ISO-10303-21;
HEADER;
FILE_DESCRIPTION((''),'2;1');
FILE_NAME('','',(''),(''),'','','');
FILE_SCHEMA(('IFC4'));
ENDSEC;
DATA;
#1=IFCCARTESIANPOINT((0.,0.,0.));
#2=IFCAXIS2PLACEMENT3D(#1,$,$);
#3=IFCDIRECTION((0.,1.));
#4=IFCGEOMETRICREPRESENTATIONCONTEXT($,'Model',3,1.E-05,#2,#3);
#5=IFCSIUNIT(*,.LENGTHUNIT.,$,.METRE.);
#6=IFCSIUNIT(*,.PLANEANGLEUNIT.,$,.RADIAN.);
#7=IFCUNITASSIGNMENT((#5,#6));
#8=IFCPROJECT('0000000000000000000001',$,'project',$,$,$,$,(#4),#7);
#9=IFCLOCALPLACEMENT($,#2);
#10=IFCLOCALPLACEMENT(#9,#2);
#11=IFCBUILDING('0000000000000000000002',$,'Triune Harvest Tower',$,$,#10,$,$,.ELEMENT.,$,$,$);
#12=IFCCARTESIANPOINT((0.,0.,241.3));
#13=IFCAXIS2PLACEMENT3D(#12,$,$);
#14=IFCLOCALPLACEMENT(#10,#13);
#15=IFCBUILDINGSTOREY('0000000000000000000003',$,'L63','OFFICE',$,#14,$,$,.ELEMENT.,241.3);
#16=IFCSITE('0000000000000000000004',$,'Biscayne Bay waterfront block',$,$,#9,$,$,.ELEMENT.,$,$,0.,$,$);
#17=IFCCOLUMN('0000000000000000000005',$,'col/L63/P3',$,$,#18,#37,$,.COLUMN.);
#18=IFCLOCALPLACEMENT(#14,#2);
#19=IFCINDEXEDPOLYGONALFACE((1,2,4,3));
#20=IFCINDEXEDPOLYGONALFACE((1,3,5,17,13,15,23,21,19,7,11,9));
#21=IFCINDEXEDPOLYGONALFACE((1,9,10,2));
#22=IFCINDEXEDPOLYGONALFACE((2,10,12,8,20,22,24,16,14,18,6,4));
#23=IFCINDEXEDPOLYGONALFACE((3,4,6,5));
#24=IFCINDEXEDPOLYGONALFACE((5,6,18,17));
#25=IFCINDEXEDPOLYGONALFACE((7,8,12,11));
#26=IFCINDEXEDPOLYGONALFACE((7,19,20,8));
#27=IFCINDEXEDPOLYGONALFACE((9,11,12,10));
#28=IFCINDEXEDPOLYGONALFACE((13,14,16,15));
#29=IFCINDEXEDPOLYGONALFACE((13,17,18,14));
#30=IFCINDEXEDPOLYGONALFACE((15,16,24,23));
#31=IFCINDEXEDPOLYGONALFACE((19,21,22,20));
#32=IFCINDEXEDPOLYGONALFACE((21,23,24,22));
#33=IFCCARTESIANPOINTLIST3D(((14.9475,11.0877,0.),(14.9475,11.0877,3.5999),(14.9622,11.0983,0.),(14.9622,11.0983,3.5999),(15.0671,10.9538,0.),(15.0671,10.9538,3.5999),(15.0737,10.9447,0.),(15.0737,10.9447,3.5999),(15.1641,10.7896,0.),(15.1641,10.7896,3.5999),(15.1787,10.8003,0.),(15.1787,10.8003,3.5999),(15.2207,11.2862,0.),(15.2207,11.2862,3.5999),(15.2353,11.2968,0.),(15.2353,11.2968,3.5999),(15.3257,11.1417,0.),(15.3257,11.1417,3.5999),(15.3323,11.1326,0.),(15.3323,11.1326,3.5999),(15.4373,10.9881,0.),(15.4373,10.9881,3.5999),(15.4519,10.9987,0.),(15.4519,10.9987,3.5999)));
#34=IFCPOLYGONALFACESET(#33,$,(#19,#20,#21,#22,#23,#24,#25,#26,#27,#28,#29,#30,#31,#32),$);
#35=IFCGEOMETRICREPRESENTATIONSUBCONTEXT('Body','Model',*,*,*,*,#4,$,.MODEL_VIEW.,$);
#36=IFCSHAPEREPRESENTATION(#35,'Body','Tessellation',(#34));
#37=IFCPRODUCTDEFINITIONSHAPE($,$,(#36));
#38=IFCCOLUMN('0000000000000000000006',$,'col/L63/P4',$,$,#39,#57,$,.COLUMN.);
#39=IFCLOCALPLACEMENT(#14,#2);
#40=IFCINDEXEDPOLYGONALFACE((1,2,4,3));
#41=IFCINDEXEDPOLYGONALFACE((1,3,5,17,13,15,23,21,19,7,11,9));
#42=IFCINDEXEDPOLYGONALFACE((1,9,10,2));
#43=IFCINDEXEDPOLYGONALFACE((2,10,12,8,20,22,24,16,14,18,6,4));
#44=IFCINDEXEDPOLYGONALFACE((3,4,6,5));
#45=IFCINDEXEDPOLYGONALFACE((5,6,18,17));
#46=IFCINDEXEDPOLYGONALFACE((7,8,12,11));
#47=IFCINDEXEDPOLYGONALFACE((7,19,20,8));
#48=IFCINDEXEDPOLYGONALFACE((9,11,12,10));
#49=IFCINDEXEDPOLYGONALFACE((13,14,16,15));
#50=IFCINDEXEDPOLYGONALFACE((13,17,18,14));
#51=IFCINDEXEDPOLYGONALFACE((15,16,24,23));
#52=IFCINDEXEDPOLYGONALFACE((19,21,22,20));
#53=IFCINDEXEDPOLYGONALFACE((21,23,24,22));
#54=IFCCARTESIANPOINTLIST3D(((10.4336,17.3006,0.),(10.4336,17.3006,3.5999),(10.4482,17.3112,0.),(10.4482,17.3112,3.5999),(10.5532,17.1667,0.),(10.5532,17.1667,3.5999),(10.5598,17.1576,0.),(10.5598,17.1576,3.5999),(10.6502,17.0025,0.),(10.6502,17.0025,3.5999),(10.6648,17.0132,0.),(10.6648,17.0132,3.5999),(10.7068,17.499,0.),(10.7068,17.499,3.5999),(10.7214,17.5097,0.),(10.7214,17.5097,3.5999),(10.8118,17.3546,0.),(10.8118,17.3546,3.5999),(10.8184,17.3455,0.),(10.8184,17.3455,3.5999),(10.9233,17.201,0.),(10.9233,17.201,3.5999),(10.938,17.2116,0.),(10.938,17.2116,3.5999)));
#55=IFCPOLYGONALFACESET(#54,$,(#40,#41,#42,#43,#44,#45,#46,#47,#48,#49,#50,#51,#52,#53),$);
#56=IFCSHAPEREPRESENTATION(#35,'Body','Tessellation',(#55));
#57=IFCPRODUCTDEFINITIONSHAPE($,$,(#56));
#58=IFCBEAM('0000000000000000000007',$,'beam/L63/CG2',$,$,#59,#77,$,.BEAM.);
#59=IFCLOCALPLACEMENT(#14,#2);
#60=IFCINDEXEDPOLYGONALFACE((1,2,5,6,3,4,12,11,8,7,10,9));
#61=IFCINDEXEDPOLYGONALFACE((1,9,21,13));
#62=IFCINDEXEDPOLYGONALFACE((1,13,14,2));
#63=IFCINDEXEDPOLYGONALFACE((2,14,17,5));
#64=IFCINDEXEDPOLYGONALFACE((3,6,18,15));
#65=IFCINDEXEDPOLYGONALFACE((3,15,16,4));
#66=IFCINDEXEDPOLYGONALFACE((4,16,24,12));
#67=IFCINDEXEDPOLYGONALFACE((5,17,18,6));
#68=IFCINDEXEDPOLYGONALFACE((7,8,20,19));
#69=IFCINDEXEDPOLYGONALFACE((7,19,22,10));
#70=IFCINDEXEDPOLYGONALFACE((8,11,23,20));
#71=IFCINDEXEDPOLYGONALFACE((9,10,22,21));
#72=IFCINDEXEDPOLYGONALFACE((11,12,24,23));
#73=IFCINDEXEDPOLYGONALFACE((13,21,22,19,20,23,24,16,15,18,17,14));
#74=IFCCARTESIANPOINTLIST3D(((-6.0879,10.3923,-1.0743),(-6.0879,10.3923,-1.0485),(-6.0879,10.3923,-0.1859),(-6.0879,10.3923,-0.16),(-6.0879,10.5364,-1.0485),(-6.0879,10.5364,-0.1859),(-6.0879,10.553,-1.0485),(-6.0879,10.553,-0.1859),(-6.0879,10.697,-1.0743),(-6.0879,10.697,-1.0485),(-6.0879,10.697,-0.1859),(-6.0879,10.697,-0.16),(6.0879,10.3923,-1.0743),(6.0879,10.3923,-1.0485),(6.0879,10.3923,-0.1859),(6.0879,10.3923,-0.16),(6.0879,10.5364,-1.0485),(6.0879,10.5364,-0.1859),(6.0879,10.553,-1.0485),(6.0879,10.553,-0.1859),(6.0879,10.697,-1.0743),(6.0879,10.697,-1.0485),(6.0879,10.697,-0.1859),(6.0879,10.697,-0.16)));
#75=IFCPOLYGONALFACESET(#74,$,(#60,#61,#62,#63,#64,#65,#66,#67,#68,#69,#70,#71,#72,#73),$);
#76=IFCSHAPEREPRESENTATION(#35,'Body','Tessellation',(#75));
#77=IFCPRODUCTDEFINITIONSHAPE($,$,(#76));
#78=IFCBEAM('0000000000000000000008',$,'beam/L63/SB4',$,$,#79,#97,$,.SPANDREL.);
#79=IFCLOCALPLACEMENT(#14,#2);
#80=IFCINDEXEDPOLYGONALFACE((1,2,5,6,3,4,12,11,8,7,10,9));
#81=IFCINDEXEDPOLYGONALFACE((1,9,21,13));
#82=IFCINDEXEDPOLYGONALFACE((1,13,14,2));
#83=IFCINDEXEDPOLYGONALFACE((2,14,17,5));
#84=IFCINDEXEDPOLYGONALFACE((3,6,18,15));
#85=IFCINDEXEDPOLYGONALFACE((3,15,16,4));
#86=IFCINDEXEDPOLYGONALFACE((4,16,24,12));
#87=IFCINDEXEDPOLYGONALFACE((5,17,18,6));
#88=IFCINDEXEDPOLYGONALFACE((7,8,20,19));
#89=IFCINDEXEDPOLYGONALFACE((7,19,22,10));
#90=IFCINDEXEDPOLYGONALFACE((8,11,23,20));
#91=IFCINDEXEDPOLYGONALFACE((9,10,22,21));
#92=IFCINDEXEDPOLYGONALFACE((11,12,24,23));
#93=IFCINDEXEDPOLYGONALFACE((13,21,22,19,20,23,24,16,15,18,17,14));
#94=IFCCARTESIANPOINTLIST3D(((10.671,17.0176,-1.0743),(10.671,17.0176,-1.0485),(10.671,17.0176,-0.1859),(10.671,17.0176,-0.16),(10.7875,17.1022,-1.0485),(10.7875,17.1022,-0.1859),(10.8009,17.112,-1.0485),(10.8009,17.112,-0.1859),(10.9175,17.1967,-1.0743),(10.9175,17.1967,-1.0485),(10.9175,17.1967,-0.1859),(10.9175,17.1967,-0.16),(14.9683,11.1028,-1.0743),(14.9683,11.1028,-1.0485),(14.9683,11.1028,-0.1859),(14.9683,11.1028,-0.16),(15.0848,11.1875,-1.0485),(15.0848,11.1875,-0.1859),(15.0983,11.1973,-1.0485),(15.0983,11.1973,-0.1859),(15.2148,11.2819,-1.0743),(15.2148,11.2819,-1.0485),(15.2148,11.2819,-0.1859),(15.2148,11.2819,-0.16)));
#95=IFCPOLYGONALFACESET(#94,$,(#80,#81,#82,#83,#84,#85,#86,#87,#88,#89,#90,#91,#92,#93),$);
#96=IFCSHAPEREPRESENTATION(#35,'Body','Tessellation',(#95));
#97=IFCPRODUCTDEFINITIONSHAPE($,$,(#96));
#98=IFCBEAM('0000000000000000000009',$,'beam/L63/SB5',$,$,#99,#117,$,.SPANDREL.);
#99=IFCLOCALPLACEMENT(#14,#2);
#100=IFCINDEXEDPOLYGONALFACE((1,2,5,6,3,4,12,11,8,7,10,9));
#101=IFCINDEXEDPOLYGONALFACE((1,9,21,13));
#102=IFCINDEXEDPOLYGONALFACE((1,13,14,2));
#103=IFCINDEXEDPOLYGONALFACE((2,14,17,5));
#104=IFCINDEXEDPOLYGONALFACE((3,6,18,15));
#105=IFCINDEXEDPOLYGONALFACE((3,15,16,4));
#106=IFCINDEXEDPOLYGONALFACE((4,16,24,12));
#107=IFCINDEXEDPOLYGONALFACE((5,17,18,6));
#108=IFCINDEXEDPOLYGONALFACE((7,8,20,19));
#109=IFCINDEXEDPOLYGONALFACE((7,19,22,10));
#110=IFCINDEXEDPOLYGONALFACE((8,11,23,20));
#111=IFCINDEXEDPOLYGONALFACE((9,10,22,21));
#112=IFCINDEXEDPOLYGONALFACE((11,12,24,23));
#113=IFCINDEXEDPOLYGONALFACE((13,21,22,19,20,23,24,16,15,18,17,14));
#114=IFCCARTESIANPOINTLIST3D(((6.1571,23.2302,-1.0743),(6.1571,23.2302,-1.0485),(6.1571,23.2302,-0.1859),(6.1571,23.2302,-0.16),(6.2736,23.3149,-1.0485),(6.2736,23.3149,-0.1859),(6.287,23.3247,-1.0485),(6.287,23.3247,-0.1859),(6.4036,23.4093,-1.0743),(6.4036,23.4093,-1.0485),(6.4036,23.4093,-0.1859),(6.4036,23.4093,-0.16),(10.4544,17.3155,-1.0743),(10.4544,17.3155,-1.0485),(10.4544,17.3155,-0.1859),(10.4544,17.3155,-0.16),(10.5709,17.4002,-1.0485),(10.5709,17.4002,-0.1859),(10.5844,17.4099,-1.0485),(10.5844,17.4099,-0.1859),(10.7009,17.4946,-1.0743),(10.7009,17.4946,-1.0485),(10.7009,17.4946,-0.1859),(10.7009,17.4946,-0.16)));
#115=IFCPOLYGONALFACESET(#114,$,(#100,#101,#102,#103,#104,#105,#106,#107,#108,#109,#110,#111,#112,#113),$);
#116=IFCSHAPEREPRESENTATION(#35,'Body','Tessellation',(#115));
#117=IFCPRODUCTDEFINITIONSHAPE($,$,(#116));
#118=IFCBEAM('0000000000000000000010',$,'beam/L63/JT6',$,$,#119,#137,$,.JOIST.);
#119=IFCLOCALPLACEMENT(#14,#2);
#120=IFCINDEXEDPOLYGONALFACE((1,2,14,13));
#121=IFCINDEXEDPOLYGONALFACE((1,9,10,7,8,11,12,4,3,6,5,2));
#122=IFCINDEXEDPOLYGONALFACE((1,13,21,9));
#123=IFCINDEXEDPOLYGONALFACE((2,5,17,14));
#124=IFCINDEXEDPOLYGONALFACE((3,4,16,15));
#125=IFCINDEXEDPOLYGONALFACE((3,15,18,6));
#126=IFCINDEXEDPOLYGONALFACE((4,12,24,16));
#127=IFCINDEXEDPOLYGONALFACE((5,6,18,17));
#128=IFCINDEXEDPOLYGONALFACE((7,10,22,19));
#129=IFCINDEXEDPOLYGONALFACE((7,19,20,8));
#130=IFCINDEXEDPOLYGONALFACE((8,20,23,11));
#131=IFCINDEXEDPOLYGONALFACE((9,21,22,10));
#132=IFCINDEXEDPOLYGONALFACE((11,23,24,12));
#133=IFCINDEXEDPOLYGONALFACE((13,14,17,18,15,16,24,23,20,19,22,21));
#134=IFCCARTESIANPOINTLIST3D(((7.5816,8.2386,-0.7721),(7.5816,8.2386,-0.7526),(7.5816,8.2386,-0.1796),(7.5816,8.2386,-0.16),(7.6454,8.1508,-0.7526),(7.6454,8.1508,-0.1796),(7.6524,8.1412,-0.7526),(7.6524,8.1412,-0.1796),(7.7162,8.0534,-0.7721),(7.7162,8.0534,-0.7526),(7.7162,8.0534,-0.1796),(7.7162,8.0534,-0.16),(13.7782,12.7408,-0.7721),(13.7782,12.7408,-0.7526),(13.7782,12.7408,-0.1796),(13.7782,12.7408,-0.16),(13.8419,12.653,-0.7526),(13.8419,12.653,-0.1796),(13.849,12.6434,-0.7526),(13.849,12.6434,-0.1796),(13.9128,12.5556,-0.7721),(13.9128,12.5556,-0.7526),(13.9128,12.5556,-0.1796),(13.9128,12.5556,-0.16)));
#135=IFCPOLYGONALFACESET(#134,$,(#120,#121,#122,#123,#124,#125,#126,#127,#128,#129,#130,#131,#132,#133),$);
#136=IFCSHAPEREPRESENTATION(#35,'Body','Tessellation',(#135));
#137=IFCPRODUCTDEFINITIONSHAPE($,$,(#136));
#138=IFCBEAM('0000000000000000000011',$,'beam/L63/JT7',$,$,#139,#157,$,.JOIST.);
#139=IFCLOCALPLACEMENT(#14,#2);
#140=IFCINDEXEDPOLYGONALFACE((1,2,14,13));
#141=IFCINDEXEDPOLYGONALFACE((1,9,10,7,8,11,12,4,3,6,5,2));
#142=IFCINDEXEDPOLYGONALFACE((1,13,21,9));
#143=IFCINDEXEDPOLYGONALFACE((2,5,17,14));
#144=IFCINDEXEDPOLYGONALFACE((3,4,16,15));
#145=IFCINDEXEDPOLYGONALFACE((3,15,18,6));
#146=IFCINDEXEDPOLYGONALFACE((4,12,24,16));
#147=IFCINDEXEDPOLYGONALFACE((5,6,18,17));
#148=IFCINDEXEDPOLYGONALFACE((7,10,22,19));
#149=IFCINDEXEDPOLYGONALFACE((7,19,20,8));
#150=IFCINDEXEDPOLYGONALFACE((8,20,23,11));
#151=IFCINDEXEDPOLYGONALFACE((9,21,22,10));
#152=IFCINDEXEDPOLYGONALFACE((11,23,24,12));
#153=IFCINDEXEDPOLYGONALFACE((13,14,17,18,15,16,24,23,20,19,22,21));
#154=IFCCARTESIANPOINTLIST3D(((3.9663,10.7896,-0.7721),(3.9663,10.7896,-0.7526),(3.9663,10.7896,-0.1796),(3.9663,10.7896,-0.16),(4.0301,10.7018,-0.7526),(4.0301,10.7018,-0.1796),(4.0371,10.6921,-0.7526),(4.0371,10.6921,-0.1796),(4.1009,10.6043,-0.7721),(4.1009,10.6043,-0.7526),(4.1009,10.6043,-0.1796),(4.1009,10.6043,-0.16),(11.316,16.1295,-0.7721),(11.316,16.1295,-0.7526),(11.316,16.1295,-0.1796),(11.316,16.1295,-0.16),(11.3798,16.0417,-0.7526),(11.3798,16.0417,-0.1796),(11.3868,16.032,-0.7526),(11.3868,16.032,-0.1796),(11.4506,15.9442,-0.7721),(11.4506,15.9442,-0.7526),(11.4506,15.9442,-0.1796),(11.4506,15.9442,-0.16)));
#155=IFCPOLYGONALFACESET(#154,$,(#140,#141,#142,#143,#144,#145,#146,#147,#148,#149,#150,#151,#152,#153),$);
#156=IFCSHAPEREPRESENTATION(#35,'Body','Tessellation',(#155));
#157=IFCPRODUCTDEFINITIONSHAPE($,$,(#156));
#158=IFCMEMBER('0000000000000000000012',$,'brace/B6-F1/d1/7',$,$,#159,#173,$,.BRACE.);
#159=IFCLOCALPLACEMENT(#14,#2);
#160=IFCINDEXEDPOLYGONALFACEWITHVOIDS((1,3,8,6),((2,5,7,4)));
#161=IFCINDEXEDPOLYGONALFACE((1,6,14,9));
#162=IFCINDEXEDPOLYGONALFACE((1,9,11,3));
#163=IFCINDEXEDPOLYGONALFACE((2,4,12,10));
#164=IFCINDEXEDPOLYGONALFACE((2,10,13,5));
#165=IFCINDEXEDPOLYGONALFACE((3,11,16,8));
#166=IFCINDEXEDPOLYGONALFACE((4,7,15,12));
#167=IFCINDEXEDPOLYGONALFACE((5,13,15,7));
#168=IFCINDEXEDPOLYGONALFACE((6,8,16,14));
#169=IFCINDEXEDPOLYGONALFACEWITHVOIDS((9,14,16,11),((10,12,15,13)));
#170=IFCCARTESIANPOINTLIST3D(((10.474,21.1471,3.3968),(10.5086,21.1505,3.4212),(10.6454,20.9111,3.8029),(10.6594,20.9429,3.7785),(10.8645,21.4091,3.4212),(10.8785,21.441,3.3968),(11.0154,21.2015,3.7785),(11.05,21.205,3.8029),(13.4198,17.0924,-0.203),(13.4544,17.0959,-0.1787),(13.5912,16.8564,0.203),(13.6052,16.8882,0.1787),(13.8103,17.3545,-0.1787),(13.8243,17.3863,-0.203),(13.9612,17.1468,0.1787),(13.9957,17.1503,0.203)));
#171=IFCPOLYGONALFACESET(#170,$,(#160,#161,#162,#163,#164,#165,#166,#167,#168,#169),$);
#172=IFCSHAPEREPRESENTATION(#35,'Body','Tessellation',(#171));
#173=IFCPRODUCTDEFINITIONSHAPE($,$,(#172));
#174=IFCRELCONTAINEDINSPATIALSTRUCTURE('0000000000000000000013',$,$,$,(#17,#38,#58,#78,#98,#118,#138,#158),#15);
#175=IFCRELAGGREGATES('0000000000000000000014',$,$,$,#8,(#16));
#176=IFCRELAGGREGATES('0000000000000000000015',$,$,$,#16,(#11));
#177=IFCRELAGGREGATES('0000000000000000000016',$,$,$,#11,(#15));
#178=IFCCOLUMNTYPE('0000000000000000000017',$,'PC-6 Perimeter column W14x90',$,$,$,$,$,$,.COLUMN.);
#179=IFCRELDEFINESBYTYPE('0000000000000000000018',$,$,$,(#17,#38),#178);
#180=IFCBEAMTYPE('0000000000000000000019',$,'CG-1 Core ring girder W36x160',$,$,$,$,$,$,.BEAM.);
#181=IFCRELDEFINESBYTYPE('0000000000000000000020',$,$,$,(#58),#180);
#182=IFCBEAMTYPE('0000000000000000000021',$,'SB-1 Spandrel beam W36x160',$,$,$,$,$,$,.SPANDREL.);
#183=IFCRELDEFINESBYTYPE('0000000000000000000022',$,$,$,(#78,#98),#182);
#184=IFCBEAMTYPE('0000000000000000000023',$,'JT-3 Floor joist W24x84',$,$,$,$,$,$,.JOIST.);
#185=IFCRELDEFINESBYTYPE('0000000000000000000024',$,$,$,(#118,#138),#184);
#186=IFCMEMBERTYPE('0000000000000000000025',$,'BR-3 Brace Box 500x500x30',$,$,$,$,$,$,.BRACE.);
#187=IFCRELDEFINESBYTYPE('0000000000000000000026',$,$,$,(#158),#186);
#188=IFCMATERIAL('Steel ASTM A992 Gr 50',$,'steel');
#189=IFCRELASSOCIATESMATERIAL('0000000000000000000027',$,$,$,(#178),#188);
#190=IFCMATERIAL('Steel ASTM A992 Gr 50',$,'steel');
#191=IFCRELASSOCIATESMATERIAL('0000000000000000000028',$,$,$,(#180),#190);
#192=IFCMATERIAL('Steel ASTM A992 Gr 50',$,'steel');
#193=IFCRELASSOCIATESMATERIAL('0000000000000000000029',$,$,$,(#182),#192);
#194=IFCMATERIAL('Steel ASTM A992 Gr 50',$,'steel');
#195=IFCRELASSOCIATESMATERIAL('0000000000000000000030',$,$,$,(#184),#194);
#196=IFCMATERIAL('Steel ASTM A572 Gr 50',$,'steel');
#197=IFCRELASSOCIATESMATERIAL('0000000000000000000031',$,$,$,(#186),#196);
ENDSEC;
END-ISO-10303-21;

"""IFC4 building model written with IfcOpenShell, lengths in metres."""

from ifc_helpers import new_model, si_unit, direction, frame, origin, origin_2d, place, context, subcontext, project, spatial, hollow_rectangle, i_section, extrude, source, transform, mapped, material, material_profile, profile_set, type_object, element, save


model = new_model("IFC4")

# Units and contexts
model_context = context("Model", 3, precision=1e-05, world=origin(), true_north=direction((0.0, 1.0)))
body_context = subcontext(model_context, "Body", "Model", "MODEL_VIEW")
ifc_project = project(units=[si_unit("LENGTHUNIT", "METRE"), si_unit("PLANEANGLEUNIT", "RADIAN")], contexts=[model_context])

# Site, building, storey
site_placement = place(None, origin())
site = spatial("IfcSite", under=ifc_project, at=site_placement, Name="Biscayne Bay waterfront block", CompositionType="ELEMENT", RefElevation=0.0)
building_placement = place(site_placement, origin())
building = spatial("IfcBuilding", under=site, at=building_placement, Name="Triune Harvest Tower", CompositionType="ELEMENT")
storey_placement = place(building_placement, frame((0.0, 0.0, 241.3)))
storey = spatial("IfcBuildingStorey", under=building, at=storey_placement, Name="L63", Description="OFFICE", CompositionType="ELEMENT", Elevation=241.3)

# Columns
ifc_material_1 = material(Name="Steel ASTM A992 Gr 50", Category="steel")
ifc_material_profile_1 = material_profile(ifc_material_1, i_section(OverallWidth=0.3684, OverallDepth=0.3557, WebThickness=0.0112, FlangeThickness=0.0181, at=origin_2d()), Name="W14x90")
ifc_profile_set_1 = profile_set([ifc_material_profile_1], Name="Steel ASTM A992 Gr 50")
column_type = type_object("IfcColumnType", Name="PC-6 Perimeter column W14x90", PredefinedType="COLUMN", material=ifc_profile_set_1)
shared_shape_1 = source(origin(), body_context, "Body", "SweptSolid", [
    extrude(i_section(OverallWidth=0.3684, OverallDepth=0.3557, WebThickness=0.0112, FlangeThickness=0.0181, at=origin_2d()), origin(), (0.0, 0.0, 1.0), 3.5999),
])
for number, where, z_axis, x_axis, name in (
    (1, (15.1997, 11.0432, 0.0), (0.0, 0.0, 1.0), (-0.587785, 0.809017, 0.0), "col/L63/P3"),
    (2, (10.6858, 17.2561, 0.0), (0.0, 0.0, 1.0), (-0.587785, 0.809017, 0.0), "col/L63/P4"),
):
    element("IfcColumn", number, at=place(storey_placement, frame(where, z_axis=z_axis, x_axis=x_axis)), inside=storey, type_object=column_type, Name=name, PredefinedType="COLUMN", context=body_context, shape_type="MappedRepresentation", body=[
        mapped(shared_shape_1, transform((0.0, 0.0, 0.0), scale=1.0)),
    ])

# Beams
ifc_material_2 = material(Name="Steel ASTM A992 Gr 50", Category="steel")
ifc_material_profile_2 = material_profile(ifc_material_2, i_section(OverallWidth=0.3047, OverallDepth=0.9143, WebThickness=0.0166, FlangeThickness=0.0259, at=origin_2d()), Name="W36x160")
ifc_profile_set_2 = profile_set([ifc_material_profile_2], Name="Steel ASTM A992 Gr 50")
beam_type_1 = type_object("IfcBeamType", Name="CG-1 Core ring girder W36x160", PredefinedType="BEAM", material=ifc_profile_set_2)
shared_shape_2 = source(origin(), body_context, "Body", "SweptSolid", [
    extrude(i_section(OverallWidth=0.3047, OverallDepth=0.9143, WebThickness=0.0166, FlangeThickness=0.0259, at=origin_2d()), origin(), (0.0, 0.0, 1.0), 12.1758),
])
beam_1_placement = place(storey_placement, frame((6.0879, 10.5447, -0.6172), z_axis=(-1.0, 0.0, 0.0), x_axis=(0.0, -1.0, 0.0)))
element("IfcBeam", 3, at=beam_1_placement, inside=storey, type_object=beam_type_1, Name="beam/L63/CG2", PredefinedType="BEAM", context=body_context, shape_type="MappedRepresentation", body=[
    mapped(shared_shape_2, transform((0.0, 0.0, 0.0), scale=1.0)),
])
ifc_material_3 = material(Name="Steel ASTM A992 Gr 50", Category="steel")
ifc_material_profile_3 = material_profile(ifc_material_3, i_section(OverallWidth=0.3047, OverallDepth=0.9143, WebThickness=0.0166, FlangeThickness=0.0259, at=origin_2d()), Name="W36x160")
ifc_profile_set_3 = profile_set([ifc_material_profile_3], Name="Steel ASTM A992 Gr 50")
beam_type_2 = type_object("IfcBeamType", Name="SB-1 Spandrel beam W36x160", PredefinedType="SPANDREL", material=ifc_profile_set_3)
shared_shape_3 = source(origin(), body_context, "Body", "SweptSolid", [
    extrude(i_section(OverallWidth=0.3047, OverallDepth=0.9143, WebThickness=0.0166, FlangeThickness=0.0259, at=origin_2d()), origin(), (0.0, 0.0, 1.0), 7.311),
])
for number, where, z_axis, x_axis, name in (
    (4, (15.0916, 11.1924, -0.6172), (-0.587786, 0.809016, 0.0), (-0.809016, -0.587786, 0.0), "beam/L63/SB4"),
    (5, (10.5776, 17.405, -0.6172), (-0.587786, 0.809016, 0.0), (-0.809016, -0.587786, 0.0), "beam/L63/SB5"),
):
    element("IfcBeam", number, at=place(storey_placement, frame(where, z_axis=z_axis, x_axis=x_axis)), inside=storey, type_object=beam_type_2, Name=name, PredefinedType="SPANDREL", context=body_context, shape_type="MappedRepresentation", body=[
        mapped(shared_shape_3, transform((0.0, 0.0, 0.0), scale=1.0)),
    ])
ifc_material_4 = material(Name="Steel ASTM A992 Gr 50", Category="steel")
ifc_material_profile_4 = material_profile(ifc_material_4, i_section(OverallWidth=0.229, OverallDepth=0.6121, WebThickness=0.012, FlangeThickness=0.0195, at=origin_2d()), Name="W24x84")
ifc_profile_set_4 = profile_set([ifc_material_profile_4], Name="Steel ASTM A992 Gr 50")
beam_type_3 = type_object("IfcBeamType", Name="JT-3 Floor joist W24x84", PredefinedType="JOIST", material=ifc_profile_set_4)
shared_shape_4 = source(origin(), body_context, "Body", "SweptSolid", [
    extrude(i_section(OverallWidth=0.229, OverallDepth=0.6121, WebThickness=0.012, FlangeThickness=0.0195, at=origin_2d()), origin(), (0.0, 0.0, 1.0), 7.6594),
])
beam_2_placement = place(storey_placement, frame((13.8455, 12.6482, -0.4661), z_axis=(-0.809008, -0.587798, 0.0), x_axis=(0.587798, -0.809008, 0.0)))
element("IfcBeam", 6, at=beam_2_placement, inside=storey, type_object=beam_type_3, Name="beam/L63/JT6", PredefinedType="JOIST", context=body_context, shape_type="MappedRepresentation", body=[
    mapped(shared_shape_4, transform((0.0, 0.0, 0.0), scale=1.0)),
])
shared_shape_5 = source(origin(), body_context, "Body", "SweptSolid", [
    extrude(i_section(OverallWidth=0.229, OverallDepth=0.6121, WebThickness=0.012, FlangeThickness=0.0195, at=origin_2d()), origin(), (0.0, 0.0, 1.0), 9.0847),
])
beam_3_placement = place(storey_placement, frame((11.3833, 16.0369, -0.4661), z_axis=(-0.809015, -0.587788, 0.0), x_axis=(0.587788, -0.809015, 0.0)))
element("IfcBeam", 7, at=beam_3_placement, inside=storey, type_object=beam_type_3, Name="beam/L63/JT7", PredefinedType="JOIST", context=body_context, shape_type="MappedRepresentation", body=[
    mapped(shared_shape_5, transform((0.0, 0.0, 0.0), scale=1.0)),
])

# Member
ifc_material_5 = material(Name="Steel ASTM A572 Gr 50", Category="steel")
ifc_material_profile_5 = material_profile(ifc_material_5, hollow_rectangle(XDim=0.5, YDim=0.5, WallThickness=0.03, at=origin_2d()), Name="Box 500x500x30")
ifc_profile_set_5 = profile_set([ifc_material_profile_5], Name="Steel ASTM A572 Gr 50")
member_type_1 = type_object("IfcMemberType", Name="BR-3 Brace Box 500x500x30", PredefinedType="BRACE", material=ifc_profile_set_5)
shared_shape_6 = source(origin(), body_context, "Body", "SweptSolid", [
    extrude(hollow_rectangle(XDim=0.5, YDim=0.5, WallThickness=0.03, at=origin_2d()), origin(), (0.0, 0.0, 1.0), 6.1707),
])
member_1_placement = place(storey_placement, frame((13.7078, 17.1213, 0.0), z_axis=(-0.477387, 0.65709, 0.583381), x_axis=(-0.809027, -0.587772, 0.0)))
element("IfcMember", 8, at=member_1_placement, inside=storey, type_object=member_type_1, Name="brace/B6-F1/d1/7", PredefinedType="BRACE", context=body_context, shape_type="MappedRepresentation", body=[
    mapped(shared_shape_6, transform((0.0, 0.0, 0.0), scale=1.0)),
])

save(model, "model.ifc")
